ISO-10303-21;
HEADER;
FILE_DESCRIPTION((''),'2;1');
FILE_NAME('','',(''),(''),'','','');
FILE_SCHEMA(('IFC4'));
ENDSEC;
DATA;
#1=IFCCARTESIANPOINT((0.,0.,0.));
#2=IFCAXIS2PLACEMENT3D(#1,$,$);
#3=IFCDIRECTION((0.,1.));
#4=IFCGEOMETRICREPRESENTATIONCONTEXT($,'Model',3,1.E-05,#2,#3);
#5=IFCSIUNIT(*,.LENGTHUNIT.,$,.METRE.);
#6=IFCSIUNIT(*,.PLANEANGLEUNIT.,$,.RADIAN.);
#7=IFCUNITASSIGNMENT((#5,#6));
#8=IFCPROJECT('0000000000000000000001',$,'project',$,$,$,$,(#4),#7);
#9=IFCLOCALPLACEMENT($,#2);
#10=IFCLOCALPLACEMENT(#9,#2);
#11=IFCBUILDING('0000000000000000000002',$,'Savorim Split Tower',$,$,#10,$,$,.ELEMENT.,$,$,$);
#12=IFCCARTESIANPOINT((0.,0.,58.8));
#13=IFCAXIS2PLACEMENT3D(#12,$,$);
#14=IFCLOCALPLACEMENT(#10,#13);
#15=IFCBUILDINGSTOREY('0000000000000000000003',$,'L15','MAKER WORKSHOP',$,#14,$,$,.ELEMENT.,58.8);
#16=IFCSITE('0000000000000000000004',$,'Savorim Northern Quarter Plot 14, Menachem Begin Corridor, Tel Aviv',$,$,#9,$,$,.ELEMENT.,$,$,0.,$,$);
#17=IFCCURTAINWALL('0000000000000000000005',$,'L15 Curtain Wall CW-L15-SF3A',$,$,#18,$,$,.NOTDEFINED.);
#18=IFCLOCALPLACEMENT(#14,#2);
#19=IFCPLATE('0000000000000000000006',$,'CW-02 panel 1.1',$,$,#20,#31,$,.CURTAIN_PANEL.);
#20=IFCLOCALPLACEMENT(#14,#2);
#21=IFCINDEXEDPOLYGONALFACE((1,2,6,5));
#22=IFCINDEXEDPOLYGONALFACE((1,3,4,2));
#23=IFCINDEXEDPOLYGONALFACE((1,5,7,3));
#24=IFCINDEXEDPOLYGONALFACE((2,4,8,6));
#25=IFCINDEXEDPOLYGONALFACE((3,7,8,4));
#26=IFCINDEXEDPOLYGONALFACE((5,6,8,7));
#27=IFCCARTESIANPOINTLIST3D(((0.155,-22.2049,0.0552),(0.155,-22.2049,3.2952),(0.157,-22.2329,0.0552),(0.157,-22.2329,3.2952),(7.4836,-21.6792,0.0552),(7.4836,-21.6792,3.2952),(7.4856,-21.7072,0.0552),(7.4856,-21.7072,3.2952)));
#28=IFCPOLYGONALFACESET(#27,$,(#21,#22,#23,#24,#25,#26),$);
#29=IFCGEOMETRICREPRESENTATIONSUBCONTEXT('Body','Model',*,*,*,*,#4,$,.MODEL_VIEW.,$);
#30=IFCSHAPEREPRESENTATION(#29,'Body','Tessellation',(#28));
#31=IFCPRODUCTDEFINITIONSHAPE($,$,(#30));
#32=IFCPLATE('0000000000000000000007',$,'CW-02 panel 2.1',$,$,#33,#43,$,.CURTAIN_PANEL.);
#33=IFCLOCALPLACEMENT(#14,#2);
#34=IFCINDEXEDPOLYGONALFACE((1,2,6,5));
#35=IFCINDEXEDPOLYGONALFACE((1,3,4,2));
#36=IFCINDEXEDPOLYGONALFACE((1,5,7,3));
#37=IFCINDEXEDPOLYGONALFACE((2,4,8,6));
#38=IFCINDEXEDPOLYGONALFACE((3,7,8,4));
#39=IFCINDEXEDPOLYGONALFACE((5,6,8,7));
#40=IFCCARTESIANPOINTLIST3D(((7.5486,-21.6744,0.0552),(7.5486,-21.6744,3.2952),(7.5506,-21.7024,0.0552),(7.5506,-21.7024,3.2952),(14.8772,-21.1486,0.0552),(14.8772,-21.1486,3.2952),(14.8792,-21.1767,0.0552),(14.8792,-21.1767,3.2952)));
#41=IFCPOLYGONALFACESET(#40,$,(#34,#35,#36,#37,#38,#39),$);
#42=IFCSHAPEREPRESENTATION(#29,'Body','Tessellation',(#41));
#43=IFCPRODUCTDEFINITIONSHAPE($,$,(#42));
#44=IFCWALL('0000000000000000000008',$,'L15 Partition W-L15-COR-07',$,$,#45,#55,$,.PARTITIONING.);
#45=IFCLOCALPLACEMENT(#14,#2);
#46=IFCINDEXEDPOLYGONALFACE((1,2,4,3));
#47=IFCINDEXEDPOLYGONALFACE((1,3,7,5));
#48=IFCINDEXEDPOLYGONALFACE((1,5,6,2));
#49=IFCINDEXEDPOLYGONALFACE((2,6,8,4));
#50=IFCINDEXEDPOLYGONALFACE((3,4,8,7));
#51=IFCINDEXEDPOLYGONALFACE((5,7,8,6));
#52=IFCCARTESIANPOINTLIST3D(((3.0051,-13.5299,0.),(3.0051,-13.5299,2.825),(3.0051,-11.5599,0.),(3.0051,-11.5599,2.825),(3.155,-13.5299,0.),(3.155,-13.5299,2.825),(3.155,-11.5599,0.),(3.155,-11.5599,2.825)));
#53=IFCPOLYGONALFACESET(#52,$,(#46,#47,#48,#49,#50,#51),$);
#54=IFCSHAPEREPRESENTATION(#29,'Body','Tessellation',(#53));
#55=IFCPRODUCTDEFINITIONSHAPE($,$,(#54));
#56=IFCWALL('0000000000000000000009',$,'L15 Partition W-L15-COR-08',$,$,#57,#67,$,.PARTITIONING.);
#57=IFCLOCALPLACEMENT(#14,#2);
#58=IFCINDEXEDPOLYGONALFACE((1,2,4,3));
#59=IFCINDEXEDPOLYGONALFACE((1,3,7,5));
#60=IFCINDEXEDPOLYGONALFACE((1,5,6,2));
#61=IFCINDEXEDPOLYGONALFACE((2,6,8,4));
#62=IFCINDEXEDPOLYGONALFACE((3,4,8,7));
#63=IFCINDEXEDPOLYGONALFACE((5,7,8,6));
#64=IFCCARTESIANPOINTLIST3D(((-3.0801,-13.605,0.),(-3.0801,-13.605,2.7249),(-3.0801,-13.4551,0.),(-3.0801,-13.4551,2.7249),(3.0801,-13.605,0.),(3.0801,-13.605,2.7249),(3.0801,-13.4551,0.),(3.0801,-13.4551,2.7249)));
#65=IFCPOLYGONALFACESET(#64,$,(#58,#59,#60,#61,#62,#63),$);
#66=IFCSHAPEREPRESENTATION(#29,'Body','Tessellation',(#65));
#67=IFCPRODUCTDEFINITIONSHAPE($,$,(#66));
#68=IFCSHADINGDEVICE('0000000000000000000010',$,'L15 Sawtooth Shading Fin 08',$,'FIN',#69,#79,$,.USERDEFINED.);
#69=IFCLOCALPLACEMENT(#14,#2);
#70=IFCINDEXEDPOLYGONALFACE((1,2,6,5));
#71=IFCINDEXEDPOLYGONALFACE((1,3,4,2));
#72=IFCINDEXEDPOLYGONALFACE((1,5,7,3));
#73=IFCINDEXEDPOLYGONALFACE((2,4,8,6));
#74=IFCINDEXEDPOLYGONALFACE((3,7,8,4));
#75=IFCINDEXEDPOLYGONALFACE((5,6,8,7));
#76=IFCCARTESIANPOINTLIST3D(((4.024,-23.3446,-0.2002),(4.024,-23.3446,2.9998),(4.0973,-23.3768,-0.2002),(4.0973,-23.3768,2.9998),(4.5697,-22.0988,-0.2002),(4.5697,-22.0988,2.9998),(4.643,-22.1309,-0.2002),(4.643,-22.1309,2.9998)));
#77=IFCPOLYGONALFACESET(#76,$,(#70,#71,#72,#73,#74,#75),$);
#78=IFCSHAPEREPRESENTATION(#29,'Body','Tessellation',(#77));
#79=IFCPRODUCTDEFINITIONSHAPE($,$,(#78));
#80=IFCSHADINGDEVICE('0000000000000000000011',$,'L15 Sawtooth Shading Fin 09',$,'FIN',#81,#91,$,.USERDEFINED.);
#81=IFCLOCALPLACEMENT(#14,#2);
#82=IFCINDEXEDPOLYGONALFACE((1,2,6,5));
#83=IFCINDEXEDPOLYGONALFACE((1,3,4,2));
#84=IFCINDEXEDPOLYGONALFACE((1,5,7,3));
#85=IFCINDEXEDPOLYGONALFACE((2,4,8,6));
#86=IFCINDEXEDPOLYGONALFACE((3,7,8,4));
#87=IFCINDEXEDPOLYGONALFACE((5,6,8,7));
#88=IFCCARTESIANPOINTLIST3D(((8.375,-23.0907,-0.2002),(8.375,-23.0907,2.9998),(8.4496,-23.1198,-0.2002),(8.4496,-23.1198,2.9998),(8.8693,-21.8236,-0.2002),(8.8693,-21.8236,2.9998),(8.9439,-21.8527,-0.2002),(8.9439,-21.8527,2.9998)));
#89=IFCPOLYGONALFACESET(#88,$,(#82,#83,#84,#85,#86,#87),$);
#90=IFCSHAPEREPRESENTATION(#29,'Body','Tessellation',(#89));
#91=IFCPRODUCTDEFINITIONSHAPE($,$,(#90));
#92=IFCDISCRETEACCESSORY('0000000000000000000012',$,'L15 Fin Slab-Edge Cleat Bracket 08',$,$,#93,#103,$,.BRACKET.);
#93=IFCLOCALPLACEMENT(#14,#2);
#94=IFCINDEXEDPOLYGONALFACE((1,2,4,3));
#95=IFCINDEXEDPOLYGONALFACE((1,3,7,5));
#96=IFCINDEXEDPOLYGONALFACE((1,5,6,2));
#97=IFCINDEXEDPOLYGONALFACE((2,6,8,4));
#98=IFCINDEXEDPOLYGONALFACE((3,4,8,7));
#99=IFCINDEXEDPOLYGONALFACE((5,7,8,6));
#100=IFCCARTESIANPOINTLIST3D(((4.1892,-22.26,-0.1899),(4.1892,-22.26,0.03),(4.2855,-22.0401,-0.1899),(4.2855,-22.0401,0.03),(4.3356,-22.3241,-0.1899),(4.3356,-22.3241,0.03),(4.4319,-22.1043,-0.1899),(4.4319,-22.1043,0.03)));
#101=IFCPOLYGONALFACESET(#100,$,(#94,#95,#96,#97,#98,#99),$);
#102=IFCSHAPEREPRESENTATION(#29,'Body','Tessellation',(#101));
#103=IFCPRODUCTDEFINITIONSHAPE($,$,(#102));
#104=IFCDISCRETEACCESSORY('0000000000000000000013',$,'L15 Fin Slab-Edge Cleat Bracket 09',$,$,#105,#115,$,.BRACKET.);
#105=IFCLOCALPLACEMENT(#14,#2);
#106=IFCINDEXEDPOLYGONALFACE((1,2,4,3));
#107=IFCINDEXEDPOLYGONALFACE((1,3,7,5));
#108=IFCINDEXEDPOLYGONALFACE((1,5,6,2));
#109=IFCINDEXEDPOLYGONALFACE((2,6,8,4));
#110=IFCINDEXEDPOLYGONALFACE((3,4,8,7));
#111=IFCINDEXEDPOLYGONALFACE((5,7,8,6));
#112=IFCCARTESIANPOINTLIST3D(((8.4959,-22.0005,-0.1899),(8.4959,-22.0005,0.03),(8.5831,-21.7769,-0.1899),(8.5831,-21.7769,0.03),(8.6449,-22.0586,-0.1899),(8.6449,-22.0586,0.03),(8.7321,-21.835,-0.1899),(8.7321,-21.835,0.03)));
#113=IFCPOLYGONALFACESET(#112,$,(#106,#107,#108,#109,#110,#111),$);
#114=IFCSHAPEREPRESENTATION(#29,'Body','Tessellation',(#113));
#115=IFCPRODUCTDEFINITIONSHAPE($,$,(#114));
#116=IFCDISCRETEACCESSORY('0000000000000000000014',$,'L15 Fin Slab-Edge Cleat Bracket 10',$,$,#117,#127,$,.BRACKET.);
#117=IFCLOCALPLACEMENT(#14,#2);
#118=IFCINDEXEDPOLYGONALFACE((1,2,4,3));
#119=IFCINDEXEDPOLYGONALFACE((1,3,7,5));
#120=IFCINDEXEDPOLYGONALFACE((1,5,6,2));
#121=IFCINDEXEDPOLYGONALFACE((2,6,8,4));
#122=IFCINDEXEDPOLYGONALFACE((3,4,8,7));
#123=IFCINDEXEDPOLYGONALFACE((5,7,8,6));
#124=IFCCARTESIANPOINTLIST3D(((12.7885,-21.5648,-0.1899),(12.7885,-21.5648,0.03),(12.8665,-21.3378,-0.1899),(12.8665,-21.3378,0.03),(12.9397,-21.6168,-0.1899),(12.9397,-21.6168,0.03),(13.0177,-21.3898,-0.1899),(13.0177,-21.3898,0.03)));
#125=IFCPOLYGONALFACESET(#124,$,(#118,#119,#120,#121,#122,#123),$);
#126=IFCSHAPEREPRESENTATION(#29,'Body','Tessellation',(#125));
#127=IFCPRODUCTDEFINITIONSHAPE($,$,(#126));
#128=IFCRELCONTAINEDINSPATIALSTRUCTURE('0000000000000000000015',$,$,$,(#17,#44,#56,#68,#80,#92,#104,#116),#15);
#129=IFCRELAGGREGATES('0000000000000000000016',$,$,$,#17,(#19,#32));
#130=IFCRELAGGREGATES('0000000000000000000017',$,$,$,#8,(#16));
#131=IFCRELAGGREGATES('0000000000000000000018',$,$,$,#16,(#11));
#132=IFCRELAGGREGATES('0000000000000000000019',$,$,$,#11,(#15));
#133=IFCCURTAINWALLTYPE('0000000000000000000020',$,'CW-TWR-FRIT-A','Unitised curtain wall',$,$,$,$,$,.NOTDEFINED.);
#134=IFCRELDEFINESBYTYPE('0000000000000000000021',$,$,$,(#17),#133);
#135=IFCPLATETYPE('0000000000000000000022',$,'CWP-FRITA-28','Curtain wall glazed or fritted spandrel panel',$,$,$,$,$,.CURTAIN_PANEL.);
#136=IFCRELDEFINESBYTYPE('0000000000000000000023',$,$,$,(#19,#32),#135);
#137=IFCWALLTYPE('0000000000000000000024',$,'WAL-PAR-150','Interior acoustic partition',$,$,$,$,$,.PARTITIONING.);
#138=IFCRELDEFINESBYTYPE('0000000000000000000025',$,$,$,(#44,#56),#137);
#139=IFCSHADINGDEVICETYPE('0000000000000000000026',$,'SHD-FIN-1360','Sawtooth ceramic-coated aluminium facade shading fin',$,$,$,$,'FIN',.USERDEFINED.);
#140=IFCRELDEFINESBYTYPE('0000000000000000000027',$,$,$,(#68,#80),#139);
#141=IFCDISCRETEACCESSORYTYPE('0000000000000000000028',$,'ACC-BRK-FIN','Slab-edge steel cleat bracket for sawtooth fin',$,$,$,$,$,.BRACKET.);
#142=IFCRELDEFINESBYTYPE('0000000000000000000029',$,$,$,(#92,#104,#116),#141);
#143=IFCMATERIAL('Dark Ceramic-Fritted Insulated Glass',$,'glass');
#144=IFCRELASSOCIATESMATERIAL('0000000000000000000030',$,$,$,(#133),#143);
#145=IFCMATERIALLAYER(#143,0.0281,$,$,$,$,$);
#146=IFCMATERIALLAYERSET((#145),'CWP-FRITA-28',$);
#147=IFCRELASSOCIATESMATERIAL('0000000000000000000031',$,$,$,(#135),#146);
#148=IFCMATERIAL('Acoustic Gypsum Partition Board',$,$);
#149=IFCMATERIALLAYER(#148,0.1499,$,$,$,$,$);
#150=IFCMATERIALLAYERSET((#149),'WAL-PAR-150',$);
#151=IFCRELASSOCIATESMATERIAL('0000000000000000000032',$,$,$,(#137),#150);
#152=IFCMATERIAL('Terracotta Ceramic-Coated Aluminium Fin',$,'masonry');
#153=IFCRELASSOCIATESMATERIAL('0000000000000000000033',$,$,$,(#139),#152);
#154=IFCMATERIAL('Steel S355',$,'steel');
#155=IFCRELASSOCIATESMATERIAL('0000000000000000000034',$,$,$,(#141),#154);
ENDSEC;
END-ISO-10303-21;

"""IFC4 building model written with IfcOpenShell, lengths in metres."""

from ifc_helpers import new_model, si_unit, direction, frame, frame_2d, origin, origin_2d, place, context, subcontext, project, spatial, rectangle, extrude, material, layer, layer_set, type_object, element, aggregate, save


model = new_model("IFC4")

# Units and contexts
model_context = context("Model", 3, precision=1e-05, world=origin(), true_north=direction((0.0, 1.0)))
body_context = subcontext(model_context, "Body", "Model", "MODEL_VIEW")
ifc_project = project(units=[si_unit("LENGTHUNIT", "METRE"), si_unit("PLANEANGLEUNIT", "RADIAN")], contexts=[model_context])

# Site, building, storey
site_placement = place(None, origin())
site = spatial("IfcSite", under=ifc_project, at=site_placement, Name="Savorim Northern Quarter Plot 14, Menachem Begin Corridor, Tel Aviv", CompositionType="ELEMENT", RefElevation=0.0)
building_placement = place(site_placement, origin())
building = spatial("IfcBuilding", under=site, at=building_placement, Name="Savorim Split Tower", CompositionType="ELEMENT")
storey_placement = place(building_placement, frame((0.0, 0.0, 58.8)))
storey = spatial("IfcBuildingStorey", under=building, at=storey_placement, Name="L15", Description="MAKER WORKSHOP", CompositionType="ELEMENT", Elevation=58.8)

# Shared definitions
ifc_material_1 = material(Name="Steel S355", Category="steel")

# Curtain wall, plates
ifc_material_2 = material(Name="Dark Ceramic-Fritted Insulated Glass", Category="glass")
curtain_wall_type = type_object("IfcCurtainWallType", Name="CW-TWR-FRIT-A", Description="Unitised curtain wall", PredefinedType="NOTDEFINED", material=ifc_material_2)
curtain_wall_placement = place(storey_placement, origin())
curtain_wall = element("IfcCurtainWall", 1, at=curtain_wall_placement, inside=storey, type_object=curtain_wall_type, Name="L15 Curtain Wall CW-L15-SF3A", PredefinedType="NOTDEFINED")
ifc_layer_1 = layer(ifc_material_2, 0.0281)
ifc_layer_set_1 = layer_set([ifc_layer_1], Name="CWP-FRITA-28")
plate_type = type_object("IfcPlateType", Name="CWP-FRITA-28", Description="Curtain wall glazed or fritted spandrel panel", PredefinedType="CURTAIN_PANEL", material=ifc_layer_set_1)
plate_1_placement = place(storey_placement, frame((3.8203, -21.9561, 0.0552), z_axis=(0.0, 0.0, 1.0), x_axis=(0.997436, 0.071559, 0.0)))
plate_1 = element("IfcPlate", 2, at=plate_1_placement, type_object=plate_type, Name="CW-02 panel 1.1", PredefinedType="CURTAIN_PANEL", context=body_context, shape_type="SweptSolid", body=[
    extrude(rectangle(XDim=7.3474, YDim=0.0281, at=origin_2d()), origin(), (0.0, 0.0, 1.0), 3.24),
])
plate_2_placement = place(storey_placement, frame((11.2139, -21.4255, 0.0552), z_axis=(0.0, 0.0, 1.0), x_axis=(0.997436, 0.071559, 0.0)))
plate_2 = element("IfcPlate", 3, at=plate_2_placement, type_object=plate_type, Name="CW-02 panel 2.1", PredefinedType="CURTAIN_PANEL", context=body_context, shape_type="SweptSolid", body=[
    extrude(rectangle(XDim=7.3474, YDim=0.0281, at=origin_2d()), origin(), (0.0, 0.0, 1.0), 3.24),
])
aggregate(curtain_wall, [plate_1, plate_2])

# Walls
ifc_material_3 = material(Name="Acoustic Gypsum Partition Board")
ifc_layer_2 = layer(ifc_material_3, 0.1499)
ifc_layer_set_2 = layer_set([ifc_layer_2], Name="WAL-PAR-150")
wall_type = type_object("IfcWallType", Name="WAL-PAR-150", Description="Interior acoustic partition", PredefinedType="PARTITIONING", material=ifc_layer_set_2)
wall_1_placement = place(storey_placement, frame((3.0801, -11.5601, 0.0), z_axis=(0.0, 0.0, 1.0), x_axis=(0.0, -1.0, 0.0)))
element("IfcWall", 4, at=wall_1_placement, inside=storey, type_object=wall_type, Name="L15 Partition W-L15-COR-07", PredefinedType="PARTITIONING", context=body_context, shape_type="SweptSolid", body=[
    extrude(rectangle(XDim=1.97, YDim=0.1499, at=frame_2d((0.9849, 0.0))), origin(), (0.0, 0.0, 1.0), 2.825),
])
wall_2_placement = place(storey_placement, frame((3.0801, -13.53, 0.0), z_axis=(0.0, 0.0, 1.0), x_axis=(-1.0, 0.0, 0.0)))
element("IfcWall", 5, at=wall_2_placement, inside=storey, type_object=wall_type, Name="L15 Partition W-L15-COR-08", PredefinedType="PARTITIONING", context=body_context, shape_type="SweptSolid", body=[
    extrude(rectangle(XDim=6.1602, YDim=0.1499, at=frame_2d((3.0801, 0.0))), origin(), (0.0, 0.0, 1.0), 2.7249),
])

# Shading devices
ifc_material_4 = material(Name="Terracotta Ceramic-Coated Aluminium Fin", Category="masonry")
shading_device_type = type_object("IfcShadingDeviceType", Name="SHD-FIN-1360", Description="Sawtooth ceramic-coated aluminium facade shading fin", ElementType="FIN", PredefinedType="USERDEFINED", material=ifc_material_4)
for number, where, z_axis, x_axis, name in (
    (6, (4.3335, -22.7378, -0.2002), (0.0, 0.0, 1.0), (-0.40123, -0.915977, 0.0), "L15 Sawtooth Shading Fin 08"),
    (7, (8.6594, -22.4717, -0.2002), (0.0, 0.0, 1.0), (-0.363415, -0.931627, 0.0), "L15 Sawtooth Shading Fin 09"),
):
    element("IfcShadingDevice", number, at=place(storey_placement, frame(where, z_axis=z_axis, x_axis=x_axis)), inside=storey, type_object=shading_device_type, Name=name, ObjectType="FIN", PredefinedType="USERDEFINED", context=body_context, shape_type="SweptSolid", body=[
        extrude(rectangle(XDim=1.3601, YDim=0.0801, at=origin_2d()), origin(), (0.0, 0.0, 1.0), 3.2),
    ])

# Discrete accessories
discrete_accessory_type = type_object("IfcDiscreteAccessoryType", Name="ACC-BRK-FIN", Description="Slab-edge steel cleat bracket for sawtooth fin", PredefinedType="BRACKET", material=ifc_material_1)
for number, where, z_axis, x_axis, name in (
    (8, (4.3105, -22.1821, -0.1899), (0.0, 0.0, 1.0), (-0.40123, -0.915977, 0.0), "L15 Fin Slab-Edge Cleat Bracket 08"),
    (9, (8.614, -21.9177, -0.1899), (0.0, 0.0, 1.0), (-0.363415, -0.931627, 0.0), "L15 Fin Slab-Edge Cleat Bracket 09"),
    (10, (12.9031, -21.4773, -0.1899), (0.0, 0.0, 1.0), (-0.324994, -0.945716, 0.0), "L15 Fin Slab-Edge Cleat Bracket 10"),
):
    element("IfcDiscreteAccessory", number, at=place(storey_placement, frame(where, z_axis=z_axis, x_axis=x_axis)), inside=storey, type_object=discrete_accessory_type, Name=name, PredefinedType="BRACKET", context=body_context, shape_type="SweptSolid", body=[
        extrude(rectangle(XDim=0.24, YDim=0.1599, at=origin_2d()), origin(), (0.0, 0.0, 1.0), 0.22),
    ])

save(model, "model.ifc")
